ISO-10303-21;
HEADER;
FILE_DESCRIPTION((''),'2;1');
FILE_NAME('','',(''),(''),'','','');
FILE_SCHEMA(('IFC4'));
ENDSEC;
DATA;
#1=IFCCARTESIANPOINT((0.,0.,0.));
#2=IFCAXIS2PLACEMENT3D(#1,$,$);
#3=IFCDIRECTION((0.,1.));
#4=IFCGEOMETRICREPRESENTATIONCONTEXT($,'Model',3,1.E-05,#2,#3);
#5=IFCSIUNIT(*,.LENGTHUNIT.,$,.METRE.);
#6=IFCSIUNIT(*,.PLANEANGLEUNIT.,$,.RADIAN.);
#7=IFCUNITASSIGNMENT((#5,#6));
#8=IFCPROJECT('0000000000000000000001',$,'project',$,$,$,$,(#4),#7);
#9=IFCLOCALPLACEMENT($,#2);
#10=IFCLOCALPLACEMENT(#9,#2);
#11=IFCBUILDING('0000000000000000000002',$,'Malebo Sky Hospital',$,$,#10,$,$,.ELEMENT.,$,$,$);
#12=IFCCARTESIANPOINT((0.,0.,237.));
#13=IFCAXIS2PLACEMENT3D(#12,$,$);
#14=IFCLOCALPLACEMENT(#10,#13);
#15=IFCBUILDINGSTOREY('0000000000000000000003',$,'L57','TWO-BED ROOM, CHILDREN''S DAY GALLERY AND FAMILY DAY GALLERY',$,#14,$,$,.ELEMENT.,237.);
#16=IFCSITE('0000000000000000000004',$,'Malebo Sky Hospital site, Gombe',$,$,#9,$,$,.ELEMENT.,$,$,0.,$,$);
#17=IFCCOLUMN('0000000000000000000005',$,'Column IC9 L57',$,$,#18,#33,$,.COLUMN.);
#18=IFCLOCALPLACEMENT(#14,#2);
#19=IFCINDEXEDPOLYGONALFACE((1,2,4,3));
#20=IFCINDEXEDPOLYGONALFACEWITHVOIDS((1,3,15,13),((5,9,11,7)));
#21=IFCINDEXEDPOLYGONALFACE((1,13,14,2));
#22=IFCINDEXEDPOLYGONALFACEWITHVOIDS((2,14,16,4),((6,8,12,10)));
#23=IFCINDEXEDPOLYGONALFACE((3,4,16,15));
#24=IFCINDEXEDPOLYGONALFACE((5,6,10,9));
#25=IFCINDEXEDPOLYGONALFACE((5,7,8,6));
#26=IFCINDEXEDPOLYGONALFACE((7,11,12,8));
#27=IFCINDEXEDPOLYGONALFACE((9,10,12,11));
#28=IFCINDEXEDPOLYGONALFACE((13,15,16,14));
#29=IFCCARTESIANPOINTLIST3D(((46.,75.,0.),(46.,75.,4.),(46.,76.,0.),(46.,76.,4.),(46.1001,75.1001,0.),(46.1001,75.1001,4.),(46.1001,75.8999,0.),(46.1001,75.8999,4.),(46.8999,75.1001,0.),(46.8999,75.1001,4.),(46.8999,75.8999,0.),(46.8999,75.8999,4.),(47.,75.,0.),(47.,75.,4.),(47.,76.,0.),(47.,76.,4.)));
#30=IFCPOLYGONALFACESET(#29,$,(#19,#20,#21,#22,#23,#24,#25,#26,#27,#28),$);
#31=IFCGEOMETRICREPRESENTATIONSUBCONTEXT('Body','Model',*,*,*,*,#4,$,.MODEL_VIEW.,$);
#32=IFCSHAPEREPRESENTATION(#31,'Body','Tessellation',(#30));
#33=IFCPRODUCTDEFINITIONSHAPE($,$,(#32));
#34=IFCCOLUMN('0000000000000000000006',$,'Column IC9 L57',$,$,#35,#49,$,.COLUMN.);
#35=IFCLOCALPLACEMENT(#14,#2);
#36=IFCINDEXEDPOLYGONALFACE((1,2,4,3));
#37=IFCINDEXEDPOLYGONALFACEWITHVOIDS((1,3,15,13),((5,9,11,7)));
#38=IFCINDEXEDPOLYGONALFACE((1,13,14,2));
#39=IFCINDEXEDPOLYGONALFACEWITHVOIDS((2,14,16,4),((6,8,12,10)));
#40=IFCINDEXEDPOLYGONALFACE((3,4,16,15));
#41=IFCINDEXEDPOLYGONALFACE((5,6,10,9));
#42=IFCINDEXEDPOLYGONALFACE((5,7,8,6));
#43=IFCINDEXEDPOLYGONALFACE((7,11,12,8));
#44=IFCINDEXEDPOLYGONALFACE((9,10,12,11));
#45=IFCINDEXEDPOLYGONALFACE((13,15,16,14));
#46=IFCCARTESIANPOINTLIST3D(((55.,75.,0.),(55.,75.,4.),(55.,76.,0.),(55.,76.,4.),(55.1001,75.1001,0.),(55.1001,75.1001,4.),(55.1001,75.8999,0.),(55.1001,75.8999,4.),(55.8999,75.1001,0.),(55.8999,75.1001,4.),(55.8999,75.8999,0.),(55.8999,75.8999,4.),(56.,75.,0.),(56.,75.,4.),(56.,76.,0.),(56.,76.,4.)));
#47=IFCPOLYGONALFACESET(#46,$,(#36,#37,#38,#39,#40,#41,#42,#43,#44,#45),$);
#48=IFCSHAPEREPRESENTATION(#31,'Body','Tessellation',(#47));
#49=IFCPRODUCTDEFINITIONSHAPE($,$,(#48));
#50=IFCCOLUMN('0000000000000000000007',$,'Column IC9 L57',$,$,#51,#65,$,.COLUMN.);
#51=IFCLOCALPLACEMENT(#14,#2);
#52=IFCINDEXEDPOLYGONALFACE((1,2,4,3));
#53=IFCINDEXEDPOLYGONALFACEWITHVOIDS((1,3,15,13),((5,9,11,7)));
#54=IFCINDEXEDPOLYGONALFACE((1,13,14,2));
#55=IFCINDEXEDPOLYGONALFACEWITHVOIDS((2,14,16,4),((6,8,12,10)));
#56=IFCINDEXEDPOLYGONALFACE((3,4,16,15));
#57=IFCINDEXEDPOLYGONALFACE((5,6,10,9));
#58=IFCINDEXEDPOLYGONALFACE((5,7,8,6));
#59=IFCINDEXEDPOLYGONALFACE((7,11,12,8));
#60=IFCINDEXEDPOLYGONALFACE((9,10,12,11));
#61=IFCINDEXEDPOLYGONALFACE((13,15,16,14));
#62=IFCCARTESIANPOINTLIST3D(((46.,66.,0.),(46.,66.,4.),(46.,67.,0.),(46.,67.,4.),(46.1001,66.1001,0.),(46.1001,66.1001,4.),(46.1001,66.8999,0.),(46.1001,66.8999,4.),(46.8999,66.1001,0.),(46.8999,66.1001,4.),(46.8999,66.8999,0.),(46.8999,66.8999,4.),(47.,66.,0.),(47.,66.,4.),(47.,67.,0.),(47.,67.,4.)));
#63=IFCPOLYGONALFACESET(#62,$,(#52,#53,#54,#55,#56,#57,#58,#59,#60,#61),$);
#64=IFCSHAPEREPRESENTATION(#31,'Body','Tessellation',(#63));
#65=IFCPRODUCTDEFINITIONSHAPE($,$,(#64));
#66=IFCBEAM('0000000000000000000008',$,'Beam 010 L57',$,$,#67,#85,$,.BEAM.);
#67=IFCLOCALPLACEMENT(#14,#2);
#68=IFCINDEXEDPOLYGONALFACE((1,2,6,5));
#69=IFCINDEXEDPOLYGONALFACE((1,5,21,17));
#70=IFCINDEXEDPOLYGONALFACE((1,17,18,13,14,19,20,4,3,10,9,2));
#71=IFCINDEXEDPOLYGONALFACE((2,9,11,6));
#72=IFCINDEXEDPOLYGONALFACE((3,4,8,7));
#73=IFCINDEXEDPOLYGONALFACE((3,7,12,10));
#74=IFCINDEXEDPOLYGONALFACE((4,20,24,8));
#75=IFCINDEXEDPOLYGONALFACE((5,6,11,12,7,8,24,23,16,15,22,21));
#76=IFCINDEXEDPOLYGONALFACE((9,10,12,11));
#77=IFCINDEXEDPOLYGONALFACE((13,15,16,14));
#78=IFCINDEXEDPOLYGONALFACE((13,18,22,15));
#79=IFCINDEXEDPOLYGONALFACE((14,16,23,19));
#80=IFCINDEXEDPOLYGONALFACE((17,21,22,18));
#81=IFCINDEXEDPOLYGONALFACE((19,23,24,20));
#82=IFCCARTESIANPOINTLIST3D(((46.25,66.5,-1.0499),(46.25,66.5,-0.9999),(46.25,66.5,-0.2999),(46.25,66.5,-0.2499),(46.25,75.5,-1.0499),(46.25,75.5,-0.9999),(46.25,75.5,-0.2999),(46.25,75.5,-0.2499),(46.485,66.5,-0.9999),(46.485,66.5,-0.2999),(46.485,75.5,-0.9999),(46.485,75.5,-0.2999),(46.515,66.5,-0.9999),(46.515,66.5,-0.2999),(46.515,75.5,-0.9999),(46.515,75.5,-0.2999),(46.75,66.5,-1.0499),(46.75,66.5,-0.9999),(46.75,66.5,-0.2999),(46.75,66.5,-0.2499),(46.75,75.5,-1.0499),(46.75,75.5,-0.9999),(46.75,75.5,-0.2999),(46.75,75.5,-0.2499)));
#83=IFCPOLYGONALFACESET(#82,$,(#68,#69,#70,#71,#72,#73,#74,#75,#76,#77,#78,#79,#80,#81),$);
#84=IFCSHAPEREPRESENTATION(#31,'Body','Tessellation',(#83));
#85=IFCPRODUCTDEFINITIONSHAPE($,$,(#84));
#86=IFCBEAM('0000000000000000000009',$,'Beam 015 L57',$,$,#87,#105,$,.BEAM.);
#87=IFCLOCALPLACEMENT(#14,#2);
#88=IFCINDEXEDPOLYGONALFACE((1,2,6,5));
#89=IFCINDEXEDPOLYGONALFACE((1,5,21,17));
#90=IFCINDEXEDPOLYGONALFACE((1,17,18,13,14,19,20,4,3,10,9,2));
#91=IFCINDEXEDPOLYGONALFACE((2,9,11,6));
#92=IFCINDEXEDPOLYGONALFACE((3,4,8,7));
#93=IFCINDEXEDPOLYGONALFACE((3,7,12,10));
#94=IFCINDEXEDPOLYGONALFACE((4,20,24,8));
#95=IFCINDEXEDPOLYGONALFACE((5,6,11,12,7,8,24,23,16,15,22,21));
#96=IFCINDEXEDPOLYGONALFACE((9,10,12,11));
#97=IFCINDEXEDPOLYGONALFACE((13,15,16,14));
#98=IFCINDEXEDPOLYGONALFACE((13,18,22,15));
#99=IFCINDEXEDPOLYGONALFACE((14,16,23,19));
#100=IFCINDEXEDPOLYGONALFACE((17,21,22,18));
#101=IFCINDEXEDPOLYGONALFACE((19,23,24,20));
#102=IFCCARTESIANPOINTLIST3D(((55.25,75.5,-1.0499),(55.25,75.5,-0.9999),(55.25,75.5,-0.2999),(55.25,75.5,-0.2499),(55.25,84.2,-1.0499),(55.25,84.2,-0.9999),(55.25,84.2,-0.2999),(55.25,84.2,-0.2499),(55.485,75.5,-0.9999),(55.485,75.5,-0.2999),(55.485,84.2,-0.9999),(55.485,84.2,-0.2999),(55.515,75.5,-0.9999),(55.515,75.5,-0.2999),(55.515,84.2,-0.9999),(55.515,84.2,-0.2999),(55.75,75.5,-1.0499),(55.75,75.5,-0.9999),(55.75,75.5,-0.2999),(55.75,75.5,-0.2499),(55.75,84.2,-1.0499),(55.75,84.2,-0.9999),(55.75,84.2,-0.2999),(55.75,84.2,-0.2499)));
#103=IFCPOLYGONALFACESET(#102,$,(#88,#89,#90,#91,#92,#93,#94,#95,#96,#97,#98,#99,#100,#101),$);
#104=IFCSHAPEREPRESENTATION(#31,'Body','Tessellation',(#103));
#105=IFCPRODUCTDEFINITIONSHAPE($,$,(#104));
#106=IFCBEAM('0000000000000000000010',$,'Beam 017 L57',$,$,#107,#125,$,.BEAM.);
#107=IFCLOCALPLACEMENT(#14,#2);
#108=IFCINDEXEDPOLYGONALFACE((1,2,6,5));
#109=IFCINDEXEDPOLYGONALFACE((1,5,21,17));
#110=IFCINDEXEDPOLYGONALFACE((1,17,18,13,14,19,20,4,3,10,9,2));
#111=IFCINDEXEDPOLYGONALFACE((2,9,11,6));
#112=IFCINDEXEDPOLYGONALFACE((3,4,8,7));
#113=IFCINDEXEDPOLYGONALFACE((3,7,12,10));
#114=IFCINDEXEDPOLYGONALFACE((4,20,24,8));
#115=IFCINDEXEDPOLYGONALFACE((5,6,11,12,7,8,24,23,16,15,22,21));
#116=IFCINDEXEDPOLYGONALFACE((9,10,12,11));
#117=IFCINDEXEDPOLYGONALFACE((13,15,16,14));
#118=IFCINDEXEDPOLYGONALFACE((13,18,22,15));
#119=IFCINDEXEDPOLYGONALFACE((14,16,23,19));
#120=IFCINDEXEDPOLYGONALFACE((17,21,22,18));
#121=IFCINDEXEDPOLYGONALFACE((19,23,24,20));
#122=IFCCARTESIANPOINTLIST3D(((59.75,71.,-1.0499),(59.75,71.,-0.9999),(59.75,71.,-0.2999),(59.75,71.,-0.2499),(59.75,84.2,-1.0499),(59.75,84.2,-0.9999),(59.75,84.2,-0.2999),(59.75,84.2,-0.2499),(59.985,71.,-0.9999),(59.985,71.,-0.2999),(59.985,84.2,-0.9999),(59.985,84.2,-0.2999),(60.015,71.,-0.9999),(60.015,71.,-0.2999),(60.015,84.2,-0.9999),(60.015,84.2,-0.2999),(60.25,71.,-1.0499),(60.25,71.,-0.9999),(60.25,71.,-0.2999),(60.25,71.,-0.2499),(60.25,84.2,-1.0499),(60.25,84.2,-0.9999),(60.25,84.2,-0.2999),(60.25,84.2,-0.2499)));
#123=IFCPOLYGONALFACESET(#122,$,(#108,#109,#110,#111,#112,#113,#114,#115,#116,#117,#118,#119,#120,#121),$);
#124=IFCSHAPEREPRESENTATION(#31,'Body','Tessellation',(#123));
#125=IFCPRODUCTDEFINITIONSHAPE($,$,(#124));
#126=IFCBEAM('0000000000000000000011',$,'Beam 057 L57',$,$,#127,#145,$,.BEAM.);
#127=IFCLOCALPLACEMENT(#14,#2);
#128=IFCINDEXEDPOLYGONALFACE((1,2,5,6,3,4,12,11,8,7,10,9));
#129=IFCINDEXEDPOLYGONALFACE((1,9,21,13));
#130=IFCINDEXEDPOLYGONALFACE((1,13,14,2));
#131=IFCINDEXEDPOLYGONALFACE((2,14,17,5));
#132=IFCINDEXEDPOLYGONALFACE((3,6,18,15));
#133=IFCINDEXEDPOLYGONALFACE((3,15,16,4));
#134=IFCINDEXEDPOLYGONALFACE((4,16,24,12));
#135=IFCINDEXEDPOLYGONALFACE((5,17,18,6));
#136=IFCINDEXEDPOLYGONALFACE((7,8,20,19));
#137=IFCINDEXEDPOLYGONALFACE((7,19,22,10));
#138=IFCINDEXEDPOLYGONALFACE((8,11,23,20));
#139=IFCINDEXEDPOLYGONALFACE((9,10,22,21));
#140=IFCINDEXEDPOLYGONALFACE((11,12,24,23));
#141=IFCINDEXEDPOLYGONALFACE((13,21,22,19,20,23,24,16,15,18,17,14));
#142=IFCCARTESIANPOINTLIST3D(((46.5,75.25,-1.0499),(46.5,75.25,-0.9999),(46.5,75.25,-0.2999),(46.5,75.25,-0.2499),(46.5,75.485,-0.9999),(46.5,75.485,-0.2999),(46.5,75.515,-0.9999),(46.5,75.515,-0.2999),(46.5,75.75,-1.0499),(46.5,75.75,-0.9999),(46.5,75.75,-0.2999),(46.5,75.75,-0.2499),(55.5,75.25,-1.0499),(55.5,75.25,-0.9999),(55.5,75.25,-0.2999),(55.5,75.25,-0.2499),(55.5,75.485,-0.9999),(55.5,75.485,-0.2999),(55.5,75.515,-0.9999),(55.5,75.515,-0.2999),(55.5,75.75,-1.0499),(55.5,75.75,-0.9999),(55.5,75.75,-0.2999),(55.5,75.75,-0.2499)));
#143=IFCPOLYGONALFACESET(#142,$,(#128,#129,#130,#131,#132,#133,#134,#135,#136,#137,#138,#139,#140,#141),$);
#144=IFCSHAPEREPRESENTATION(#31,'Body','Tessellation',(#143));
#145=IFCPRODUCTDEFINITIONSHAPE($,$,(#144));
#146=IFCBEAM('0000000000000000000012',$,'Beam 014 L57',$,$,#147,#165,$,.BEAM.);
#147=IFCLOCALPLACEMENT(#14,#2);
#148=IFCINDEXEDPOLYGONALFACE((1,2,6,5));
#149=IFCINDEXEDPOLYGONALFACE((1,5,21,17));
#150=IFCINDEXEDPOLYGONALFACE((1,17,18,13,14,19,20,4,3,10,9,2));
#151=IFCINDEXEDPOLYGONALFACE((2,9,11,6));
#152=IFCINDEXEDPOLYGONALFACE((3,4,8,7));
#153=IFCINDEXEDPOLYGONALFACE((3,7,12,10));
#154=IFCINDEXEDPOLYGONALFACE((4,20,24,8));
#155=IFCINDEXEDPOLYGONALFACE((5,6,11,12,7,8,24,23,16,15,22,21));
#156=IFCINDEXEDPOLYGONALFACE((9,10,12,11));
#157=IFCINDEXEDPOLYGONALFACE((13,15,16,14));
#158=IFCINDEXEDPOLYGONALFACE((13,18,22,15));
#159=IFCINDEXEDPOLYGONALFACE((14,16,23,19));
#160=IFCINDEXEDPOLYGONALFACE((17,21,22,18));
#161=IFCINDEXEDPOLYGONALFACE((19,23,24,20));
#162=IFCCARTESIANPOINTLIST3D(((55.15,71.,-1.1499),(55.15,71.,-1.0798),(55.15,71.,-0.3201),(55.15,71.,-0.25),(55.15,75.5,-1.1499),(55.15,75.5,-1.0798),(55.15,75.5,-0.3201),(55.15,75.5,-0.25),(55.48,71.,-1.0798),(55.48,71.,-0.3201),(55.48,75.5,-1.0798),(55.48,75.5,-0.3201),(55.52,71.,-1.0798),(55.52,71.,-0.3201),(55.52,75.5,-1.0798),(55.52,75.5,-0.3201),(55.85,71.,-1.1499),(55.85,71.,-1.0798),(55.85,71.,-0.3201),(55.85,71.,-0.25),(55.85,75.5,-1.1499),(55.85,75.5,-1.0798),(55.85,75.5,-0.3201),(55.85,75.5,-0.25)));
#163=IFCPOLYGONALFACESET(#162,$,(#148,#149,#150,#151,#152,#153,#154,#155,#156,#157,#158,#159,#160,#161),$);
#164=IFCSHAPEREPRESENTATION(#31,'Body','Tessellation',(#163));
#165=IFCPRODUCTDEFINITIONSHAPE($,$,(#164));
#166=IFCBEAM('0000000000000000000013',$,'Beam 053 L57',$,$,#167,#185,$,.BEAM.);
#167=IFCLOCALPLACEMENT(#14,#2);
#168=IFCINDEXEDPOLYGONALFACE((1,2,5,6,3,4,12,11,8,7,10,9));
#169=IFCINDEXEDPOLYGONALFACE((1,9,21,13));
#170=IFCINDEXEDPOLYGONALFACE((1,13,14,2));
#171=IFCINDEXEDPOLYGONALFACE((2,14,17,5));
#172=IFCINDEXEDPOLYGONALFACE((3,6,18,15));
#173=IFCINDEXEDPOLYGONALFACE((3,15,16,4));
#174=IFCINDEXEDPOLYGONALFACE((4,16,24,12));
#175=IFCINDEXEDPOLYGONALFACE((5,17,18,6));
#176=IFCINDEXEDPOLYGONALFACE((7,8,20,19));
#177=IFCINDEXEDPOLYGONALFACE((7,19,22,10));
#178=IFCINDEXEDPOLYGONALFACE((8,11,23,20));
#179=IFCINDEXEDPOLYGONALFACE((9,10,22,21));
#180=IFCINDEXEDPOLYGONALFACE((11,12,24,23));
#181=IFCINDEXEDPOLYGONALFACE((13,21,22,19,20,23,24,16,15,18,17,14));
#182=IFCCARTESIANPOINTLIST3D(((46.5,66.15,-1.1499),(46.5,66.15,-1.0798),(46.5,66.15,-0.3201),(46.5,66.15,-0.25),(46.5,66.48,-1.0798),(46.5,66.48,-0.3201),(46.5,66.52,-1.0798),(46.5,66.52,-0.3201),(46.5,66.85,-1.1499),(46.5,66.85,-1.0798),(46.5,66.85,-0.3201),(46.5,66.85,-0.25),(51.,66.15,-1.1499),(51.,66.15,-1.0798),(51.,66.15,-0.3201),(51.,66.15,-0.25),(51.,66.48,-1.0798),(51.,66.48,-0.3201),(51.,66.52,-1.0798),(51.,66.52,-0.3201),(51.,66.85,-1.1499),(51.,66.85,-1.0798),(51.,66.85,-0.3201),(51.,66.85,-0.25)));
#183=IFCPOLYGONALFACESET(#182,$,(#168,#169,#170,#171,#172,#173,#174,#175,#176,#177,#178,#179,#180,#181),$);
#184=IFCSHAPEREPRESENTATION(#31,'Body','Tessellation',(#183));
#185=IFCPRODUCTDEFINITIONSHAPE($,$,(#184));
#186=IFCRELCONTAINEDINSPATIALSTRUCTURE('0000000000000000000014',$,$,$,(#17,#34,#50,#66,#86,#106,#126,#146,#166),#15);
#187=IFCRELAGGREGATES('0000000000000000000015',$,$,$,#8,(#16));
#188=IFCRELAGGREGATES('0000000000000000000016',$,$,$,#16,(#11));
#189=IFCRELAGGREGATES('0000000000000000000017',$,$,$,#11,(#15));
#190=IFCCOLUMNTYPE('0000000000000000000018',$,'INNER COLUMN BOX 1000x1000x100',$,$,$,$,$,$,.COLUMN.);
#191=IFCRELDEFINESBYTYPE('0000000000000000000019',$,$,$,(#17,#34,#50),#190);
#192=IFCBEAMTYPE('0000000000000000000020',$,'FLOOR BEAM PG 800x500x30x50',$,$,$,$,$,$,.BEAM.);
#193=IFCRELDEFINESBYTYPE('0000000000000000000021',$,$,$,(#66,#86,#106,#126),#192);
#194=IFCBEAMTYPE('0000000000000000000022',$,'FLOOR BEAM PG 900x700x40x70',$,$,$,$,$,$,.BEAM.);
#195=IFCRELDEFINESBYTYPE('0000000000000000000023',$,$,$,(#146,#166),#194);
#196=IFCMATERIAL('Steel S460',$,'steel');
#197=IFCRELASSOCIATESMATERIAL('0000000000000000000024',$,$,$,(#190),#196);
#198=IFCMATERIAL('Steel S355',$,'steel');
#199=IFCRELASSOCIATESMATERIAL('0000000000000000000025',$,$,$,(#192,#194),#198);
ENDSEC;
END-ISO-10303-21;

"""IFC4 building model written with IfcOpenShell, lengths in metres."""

from ifc_helpers import new_model, si_unit, direction, frame, origin, origin_2d, place, context, subcontext, project, spatial, hollow_rectangle, i_section, extrude, material, material_profile, profile_set, type_object, element, save


model = new_model("IFC4")

# Units and contexts
model_context = context("Model", 3, precision=1e-05, world=origin(), true_north=direction((0.0, 1.0)))
body_context = subcontext(model_context, "Body", "Model", "MODEL_VIEW")
ifc_project = project(units=[si_unit("LENGTHUNIT", "METRE"), si_unit("PLANEANGLEUNIT", "RADIAN")], contexts=[model_context])

# Site, building, storey
site_placement = place(None, origin())
site = spatial("IfcSite", under=ifc_project, at=site_placement, Name="Malebo Sky Hospital site, Gombe", CompositionType="ELEMENT", RefElevation=0.0)
building_placement = place(site_placement, origin())
building = spatial("IfcBuilding", under=site, at=building_placement, Name="Malebo Sky Hospital", CompositionType="ELEMENT")
storey_placement = place(building_placement, frame((0.0, 0.0, 237.0)))
storey = spatial("IfcBuildingStorey", under=building, at=storey_placement, Name="L57", Description="TWO-BED ROOM, CHILDREN'S DAY GALLERY AND FAMILY DAY GALLERY", CompositionType="ELEMENT", Elevation=237.0)

# Columns
ifc_material_1 = material(Name="Steel S460", Category="steel")
ifc_material_profile_1 = material_profile(ifc_material_1, hollow_rectangle(XDim=1.0, YDim=1.0, WallThickness=0.1001, at=origin_2d()), Name="BOX 1000x1000x100")
ifc_profile_set_1 = profile_set([ifc_material_profile_1], Name="Steel S460")
column_type = type_object("IfcColumnType", Name="INNER COLUMN BOX 1000x1000x100", PredefinedType="COLUMN", material=ifc_profile_set_1)
for number, where, z_axis, x_axis, name in (
    (1, (46.5, 75.5, 0.0), (0.0, 0.0, 1.0), (1.0, 0.0, 0.0), "Column IC9 L57"),
    (2, (55.5, 75.5, 0.0), (0.0, 0.0, 1.0), (1.0, 0.0, 0.0), "Column IC9 L57"),
    (3, (46.5, 66.5, 0.0), (0.0, 0.0, 1.0), (1.0, 0.0, 0.0), "Column IC9 L57"),
):
    element("IfcColumn", number, at=place(storey_placement, frame(where, z_axis=z_axis, x_axis=x_axis)), inside=storey, type_object=column_type, Name=name, PredefinedType="COLUMN", context=body_context, shape_type="SweptSolid", body=[
        extrude(hollow_rectangle(XDim=1.0, YDim=1.0, WallThickness=0.1001, at=origin_2d()), origin(), (0.0, 0.0, 1.0), 4.0),
    ])

# Beams
ifc_material_2 = material(Name="Steel S355", Category="steel")
ifc_material_profile_2 = material_profile(ifc_material_2, i_section(OverallWidth=0.5, OverallDepth=0.8, WebThickness=0.03, FlangeThickness=0.05, at=origin_2d()), Name="PG 800x500x30x50")
ifc_profile_set_2 = profile_set([ifc_material_profile_2], Name="Steel S355")
beam_type_1 = type_object("IfcBeamType", Name="FLOOR BEAM PG 800x500x30x50", PredefinedType="BEAM", material=ifc_profile_set_2)
beam_1_placement = place(storey_placement, frame((46.5, 66.5, -0.6499), z_axis=(0.0, 1.0, 0.0), x_axis=(-1.0, 0.0, 0.0)))
element("IfcBeam", 4, at=beam_1_placement, inside=storey, type_object=beam_type_1, Name="Beam 010 L57", PredefinedType="BEAM", context=body_context, shape_type="SweptSolid", body=[
    extrude(i_section(OverallWidth=0.5, OverallDepth=0.8, WebThickness=0.03, FlangeThickness=0.05, at=origin_2d()), origin(), (0.0, 0.0, 1.0), 9.0),
])
beam_2_placement = place(storey_placement, frame((55.5, 75.5, -0.6499), z_axis=(0.0, 1.0, 0.0), x_axis=(-1.0, 0.0, 0.0)))
element("IfcBeam", 5, at=beam_2_placement, inside=storey, type_object=beam_type_1, Name="Beam 015 L57", PredefinedType="BEAM", context=body_context, shape_type="SweptSolid", body=[
    extrude(i_section(OverallWidth=0.5, OverallDepth=0.8, WebThickness=0.03, FlangeThickness=0.05, at=origin_2d()), origin(), (0.0, 0.0, 1.0), 8.7),
])
beam_3_placement = place(storey_placement, frame((60.0, 71.0, -0.6499), z_axis=(0.0, 1.0, 0.0), x_axis=(-1.0, 0.0, 0.0)))
element("IfcBeam", 6, at=beam_3_placement, inside=storey, type_object=beam_type_1, Name="Beam 017 L57", PredefinedType="BEAM", context=body_context, shape_type="SweptSolid", body=[
    extrude(i_section(OverallWidth=0.5, OverallDepth=0.8, WebThickness=0.03, FlangeThickness=0.05, at=origin_2d()), origin(), (0.0, 0.0, 1.0), 13.2),
])
beam_4_placement = place(storey_placement, frame((46.5, 75.5, -0.6499), z_axis=(1.0, 0.0, 0.0), x_axis=(0.0, 1.0, 0.0)))
element("IfcBeam", 7, at=beam_4_placement, inside=storey, type_object=beam_type_1, Name="Beam 057 L57", PredefinedType="BEAM", context=body_context, shape_type="SweptSolid", body=[
    extrude(i_section(OverallWidth=0.5, OverallDepth=0.8, WebThickness=0.03, FlangeThickness=0.05, at=origin_2d()), origin(), (0.0, 0.0, 1.0), 9.0),
])
ifc_material_profile_3 = material_profile(ifc_material_2, i_section(OverallWidth=0.7, OverallDepth=0.8999, WebThickness=0.04, FlangeThickness=0.0701, at=origin_2d()), Name="PG 900x700x40x70")
ifc_profile_set_3 = profile_set([ifc_material_profile_3], Name="Steel S355")
beam_type_2 = type_object("IfcBeamType", Name="FLOOR BEAM PG 900x700x40x70", PredefinedType="BEAM", material=ifc_profile_set_3)
for number, where, z_axis, x_axis, name in (
    (8, (55.5, 71.0, -0.7), (0.0, 1.0, 0.0), (-1.0, 0.0, 0.0), "Beam 014 L57"),
    (9, (46.5, 66.5, -0.7), (1.0, 0.0, 0.0), (0.0, 1.0, 0.0), "Beam 053 L57"),
):
    element("IfcBeam", number, at=place(storey_placement, frame(where, z_axis=z_axis, x_axis=x_axis)), inside=storey, type_object=beam_type_2, Name=name, PredefinedType="BEAM", context=body_context, shape_type="SweptSolid", body=[
        extrude(i_section(OverallWidth=0.7, OverallDepth=0.8999, WebThickness=0.04, FlangeThickness=0.0701, at=origin_2d()), origin(), (0.0, 0.0, 1.0), 4.5),
    ])

save(model, "model.ifc")
